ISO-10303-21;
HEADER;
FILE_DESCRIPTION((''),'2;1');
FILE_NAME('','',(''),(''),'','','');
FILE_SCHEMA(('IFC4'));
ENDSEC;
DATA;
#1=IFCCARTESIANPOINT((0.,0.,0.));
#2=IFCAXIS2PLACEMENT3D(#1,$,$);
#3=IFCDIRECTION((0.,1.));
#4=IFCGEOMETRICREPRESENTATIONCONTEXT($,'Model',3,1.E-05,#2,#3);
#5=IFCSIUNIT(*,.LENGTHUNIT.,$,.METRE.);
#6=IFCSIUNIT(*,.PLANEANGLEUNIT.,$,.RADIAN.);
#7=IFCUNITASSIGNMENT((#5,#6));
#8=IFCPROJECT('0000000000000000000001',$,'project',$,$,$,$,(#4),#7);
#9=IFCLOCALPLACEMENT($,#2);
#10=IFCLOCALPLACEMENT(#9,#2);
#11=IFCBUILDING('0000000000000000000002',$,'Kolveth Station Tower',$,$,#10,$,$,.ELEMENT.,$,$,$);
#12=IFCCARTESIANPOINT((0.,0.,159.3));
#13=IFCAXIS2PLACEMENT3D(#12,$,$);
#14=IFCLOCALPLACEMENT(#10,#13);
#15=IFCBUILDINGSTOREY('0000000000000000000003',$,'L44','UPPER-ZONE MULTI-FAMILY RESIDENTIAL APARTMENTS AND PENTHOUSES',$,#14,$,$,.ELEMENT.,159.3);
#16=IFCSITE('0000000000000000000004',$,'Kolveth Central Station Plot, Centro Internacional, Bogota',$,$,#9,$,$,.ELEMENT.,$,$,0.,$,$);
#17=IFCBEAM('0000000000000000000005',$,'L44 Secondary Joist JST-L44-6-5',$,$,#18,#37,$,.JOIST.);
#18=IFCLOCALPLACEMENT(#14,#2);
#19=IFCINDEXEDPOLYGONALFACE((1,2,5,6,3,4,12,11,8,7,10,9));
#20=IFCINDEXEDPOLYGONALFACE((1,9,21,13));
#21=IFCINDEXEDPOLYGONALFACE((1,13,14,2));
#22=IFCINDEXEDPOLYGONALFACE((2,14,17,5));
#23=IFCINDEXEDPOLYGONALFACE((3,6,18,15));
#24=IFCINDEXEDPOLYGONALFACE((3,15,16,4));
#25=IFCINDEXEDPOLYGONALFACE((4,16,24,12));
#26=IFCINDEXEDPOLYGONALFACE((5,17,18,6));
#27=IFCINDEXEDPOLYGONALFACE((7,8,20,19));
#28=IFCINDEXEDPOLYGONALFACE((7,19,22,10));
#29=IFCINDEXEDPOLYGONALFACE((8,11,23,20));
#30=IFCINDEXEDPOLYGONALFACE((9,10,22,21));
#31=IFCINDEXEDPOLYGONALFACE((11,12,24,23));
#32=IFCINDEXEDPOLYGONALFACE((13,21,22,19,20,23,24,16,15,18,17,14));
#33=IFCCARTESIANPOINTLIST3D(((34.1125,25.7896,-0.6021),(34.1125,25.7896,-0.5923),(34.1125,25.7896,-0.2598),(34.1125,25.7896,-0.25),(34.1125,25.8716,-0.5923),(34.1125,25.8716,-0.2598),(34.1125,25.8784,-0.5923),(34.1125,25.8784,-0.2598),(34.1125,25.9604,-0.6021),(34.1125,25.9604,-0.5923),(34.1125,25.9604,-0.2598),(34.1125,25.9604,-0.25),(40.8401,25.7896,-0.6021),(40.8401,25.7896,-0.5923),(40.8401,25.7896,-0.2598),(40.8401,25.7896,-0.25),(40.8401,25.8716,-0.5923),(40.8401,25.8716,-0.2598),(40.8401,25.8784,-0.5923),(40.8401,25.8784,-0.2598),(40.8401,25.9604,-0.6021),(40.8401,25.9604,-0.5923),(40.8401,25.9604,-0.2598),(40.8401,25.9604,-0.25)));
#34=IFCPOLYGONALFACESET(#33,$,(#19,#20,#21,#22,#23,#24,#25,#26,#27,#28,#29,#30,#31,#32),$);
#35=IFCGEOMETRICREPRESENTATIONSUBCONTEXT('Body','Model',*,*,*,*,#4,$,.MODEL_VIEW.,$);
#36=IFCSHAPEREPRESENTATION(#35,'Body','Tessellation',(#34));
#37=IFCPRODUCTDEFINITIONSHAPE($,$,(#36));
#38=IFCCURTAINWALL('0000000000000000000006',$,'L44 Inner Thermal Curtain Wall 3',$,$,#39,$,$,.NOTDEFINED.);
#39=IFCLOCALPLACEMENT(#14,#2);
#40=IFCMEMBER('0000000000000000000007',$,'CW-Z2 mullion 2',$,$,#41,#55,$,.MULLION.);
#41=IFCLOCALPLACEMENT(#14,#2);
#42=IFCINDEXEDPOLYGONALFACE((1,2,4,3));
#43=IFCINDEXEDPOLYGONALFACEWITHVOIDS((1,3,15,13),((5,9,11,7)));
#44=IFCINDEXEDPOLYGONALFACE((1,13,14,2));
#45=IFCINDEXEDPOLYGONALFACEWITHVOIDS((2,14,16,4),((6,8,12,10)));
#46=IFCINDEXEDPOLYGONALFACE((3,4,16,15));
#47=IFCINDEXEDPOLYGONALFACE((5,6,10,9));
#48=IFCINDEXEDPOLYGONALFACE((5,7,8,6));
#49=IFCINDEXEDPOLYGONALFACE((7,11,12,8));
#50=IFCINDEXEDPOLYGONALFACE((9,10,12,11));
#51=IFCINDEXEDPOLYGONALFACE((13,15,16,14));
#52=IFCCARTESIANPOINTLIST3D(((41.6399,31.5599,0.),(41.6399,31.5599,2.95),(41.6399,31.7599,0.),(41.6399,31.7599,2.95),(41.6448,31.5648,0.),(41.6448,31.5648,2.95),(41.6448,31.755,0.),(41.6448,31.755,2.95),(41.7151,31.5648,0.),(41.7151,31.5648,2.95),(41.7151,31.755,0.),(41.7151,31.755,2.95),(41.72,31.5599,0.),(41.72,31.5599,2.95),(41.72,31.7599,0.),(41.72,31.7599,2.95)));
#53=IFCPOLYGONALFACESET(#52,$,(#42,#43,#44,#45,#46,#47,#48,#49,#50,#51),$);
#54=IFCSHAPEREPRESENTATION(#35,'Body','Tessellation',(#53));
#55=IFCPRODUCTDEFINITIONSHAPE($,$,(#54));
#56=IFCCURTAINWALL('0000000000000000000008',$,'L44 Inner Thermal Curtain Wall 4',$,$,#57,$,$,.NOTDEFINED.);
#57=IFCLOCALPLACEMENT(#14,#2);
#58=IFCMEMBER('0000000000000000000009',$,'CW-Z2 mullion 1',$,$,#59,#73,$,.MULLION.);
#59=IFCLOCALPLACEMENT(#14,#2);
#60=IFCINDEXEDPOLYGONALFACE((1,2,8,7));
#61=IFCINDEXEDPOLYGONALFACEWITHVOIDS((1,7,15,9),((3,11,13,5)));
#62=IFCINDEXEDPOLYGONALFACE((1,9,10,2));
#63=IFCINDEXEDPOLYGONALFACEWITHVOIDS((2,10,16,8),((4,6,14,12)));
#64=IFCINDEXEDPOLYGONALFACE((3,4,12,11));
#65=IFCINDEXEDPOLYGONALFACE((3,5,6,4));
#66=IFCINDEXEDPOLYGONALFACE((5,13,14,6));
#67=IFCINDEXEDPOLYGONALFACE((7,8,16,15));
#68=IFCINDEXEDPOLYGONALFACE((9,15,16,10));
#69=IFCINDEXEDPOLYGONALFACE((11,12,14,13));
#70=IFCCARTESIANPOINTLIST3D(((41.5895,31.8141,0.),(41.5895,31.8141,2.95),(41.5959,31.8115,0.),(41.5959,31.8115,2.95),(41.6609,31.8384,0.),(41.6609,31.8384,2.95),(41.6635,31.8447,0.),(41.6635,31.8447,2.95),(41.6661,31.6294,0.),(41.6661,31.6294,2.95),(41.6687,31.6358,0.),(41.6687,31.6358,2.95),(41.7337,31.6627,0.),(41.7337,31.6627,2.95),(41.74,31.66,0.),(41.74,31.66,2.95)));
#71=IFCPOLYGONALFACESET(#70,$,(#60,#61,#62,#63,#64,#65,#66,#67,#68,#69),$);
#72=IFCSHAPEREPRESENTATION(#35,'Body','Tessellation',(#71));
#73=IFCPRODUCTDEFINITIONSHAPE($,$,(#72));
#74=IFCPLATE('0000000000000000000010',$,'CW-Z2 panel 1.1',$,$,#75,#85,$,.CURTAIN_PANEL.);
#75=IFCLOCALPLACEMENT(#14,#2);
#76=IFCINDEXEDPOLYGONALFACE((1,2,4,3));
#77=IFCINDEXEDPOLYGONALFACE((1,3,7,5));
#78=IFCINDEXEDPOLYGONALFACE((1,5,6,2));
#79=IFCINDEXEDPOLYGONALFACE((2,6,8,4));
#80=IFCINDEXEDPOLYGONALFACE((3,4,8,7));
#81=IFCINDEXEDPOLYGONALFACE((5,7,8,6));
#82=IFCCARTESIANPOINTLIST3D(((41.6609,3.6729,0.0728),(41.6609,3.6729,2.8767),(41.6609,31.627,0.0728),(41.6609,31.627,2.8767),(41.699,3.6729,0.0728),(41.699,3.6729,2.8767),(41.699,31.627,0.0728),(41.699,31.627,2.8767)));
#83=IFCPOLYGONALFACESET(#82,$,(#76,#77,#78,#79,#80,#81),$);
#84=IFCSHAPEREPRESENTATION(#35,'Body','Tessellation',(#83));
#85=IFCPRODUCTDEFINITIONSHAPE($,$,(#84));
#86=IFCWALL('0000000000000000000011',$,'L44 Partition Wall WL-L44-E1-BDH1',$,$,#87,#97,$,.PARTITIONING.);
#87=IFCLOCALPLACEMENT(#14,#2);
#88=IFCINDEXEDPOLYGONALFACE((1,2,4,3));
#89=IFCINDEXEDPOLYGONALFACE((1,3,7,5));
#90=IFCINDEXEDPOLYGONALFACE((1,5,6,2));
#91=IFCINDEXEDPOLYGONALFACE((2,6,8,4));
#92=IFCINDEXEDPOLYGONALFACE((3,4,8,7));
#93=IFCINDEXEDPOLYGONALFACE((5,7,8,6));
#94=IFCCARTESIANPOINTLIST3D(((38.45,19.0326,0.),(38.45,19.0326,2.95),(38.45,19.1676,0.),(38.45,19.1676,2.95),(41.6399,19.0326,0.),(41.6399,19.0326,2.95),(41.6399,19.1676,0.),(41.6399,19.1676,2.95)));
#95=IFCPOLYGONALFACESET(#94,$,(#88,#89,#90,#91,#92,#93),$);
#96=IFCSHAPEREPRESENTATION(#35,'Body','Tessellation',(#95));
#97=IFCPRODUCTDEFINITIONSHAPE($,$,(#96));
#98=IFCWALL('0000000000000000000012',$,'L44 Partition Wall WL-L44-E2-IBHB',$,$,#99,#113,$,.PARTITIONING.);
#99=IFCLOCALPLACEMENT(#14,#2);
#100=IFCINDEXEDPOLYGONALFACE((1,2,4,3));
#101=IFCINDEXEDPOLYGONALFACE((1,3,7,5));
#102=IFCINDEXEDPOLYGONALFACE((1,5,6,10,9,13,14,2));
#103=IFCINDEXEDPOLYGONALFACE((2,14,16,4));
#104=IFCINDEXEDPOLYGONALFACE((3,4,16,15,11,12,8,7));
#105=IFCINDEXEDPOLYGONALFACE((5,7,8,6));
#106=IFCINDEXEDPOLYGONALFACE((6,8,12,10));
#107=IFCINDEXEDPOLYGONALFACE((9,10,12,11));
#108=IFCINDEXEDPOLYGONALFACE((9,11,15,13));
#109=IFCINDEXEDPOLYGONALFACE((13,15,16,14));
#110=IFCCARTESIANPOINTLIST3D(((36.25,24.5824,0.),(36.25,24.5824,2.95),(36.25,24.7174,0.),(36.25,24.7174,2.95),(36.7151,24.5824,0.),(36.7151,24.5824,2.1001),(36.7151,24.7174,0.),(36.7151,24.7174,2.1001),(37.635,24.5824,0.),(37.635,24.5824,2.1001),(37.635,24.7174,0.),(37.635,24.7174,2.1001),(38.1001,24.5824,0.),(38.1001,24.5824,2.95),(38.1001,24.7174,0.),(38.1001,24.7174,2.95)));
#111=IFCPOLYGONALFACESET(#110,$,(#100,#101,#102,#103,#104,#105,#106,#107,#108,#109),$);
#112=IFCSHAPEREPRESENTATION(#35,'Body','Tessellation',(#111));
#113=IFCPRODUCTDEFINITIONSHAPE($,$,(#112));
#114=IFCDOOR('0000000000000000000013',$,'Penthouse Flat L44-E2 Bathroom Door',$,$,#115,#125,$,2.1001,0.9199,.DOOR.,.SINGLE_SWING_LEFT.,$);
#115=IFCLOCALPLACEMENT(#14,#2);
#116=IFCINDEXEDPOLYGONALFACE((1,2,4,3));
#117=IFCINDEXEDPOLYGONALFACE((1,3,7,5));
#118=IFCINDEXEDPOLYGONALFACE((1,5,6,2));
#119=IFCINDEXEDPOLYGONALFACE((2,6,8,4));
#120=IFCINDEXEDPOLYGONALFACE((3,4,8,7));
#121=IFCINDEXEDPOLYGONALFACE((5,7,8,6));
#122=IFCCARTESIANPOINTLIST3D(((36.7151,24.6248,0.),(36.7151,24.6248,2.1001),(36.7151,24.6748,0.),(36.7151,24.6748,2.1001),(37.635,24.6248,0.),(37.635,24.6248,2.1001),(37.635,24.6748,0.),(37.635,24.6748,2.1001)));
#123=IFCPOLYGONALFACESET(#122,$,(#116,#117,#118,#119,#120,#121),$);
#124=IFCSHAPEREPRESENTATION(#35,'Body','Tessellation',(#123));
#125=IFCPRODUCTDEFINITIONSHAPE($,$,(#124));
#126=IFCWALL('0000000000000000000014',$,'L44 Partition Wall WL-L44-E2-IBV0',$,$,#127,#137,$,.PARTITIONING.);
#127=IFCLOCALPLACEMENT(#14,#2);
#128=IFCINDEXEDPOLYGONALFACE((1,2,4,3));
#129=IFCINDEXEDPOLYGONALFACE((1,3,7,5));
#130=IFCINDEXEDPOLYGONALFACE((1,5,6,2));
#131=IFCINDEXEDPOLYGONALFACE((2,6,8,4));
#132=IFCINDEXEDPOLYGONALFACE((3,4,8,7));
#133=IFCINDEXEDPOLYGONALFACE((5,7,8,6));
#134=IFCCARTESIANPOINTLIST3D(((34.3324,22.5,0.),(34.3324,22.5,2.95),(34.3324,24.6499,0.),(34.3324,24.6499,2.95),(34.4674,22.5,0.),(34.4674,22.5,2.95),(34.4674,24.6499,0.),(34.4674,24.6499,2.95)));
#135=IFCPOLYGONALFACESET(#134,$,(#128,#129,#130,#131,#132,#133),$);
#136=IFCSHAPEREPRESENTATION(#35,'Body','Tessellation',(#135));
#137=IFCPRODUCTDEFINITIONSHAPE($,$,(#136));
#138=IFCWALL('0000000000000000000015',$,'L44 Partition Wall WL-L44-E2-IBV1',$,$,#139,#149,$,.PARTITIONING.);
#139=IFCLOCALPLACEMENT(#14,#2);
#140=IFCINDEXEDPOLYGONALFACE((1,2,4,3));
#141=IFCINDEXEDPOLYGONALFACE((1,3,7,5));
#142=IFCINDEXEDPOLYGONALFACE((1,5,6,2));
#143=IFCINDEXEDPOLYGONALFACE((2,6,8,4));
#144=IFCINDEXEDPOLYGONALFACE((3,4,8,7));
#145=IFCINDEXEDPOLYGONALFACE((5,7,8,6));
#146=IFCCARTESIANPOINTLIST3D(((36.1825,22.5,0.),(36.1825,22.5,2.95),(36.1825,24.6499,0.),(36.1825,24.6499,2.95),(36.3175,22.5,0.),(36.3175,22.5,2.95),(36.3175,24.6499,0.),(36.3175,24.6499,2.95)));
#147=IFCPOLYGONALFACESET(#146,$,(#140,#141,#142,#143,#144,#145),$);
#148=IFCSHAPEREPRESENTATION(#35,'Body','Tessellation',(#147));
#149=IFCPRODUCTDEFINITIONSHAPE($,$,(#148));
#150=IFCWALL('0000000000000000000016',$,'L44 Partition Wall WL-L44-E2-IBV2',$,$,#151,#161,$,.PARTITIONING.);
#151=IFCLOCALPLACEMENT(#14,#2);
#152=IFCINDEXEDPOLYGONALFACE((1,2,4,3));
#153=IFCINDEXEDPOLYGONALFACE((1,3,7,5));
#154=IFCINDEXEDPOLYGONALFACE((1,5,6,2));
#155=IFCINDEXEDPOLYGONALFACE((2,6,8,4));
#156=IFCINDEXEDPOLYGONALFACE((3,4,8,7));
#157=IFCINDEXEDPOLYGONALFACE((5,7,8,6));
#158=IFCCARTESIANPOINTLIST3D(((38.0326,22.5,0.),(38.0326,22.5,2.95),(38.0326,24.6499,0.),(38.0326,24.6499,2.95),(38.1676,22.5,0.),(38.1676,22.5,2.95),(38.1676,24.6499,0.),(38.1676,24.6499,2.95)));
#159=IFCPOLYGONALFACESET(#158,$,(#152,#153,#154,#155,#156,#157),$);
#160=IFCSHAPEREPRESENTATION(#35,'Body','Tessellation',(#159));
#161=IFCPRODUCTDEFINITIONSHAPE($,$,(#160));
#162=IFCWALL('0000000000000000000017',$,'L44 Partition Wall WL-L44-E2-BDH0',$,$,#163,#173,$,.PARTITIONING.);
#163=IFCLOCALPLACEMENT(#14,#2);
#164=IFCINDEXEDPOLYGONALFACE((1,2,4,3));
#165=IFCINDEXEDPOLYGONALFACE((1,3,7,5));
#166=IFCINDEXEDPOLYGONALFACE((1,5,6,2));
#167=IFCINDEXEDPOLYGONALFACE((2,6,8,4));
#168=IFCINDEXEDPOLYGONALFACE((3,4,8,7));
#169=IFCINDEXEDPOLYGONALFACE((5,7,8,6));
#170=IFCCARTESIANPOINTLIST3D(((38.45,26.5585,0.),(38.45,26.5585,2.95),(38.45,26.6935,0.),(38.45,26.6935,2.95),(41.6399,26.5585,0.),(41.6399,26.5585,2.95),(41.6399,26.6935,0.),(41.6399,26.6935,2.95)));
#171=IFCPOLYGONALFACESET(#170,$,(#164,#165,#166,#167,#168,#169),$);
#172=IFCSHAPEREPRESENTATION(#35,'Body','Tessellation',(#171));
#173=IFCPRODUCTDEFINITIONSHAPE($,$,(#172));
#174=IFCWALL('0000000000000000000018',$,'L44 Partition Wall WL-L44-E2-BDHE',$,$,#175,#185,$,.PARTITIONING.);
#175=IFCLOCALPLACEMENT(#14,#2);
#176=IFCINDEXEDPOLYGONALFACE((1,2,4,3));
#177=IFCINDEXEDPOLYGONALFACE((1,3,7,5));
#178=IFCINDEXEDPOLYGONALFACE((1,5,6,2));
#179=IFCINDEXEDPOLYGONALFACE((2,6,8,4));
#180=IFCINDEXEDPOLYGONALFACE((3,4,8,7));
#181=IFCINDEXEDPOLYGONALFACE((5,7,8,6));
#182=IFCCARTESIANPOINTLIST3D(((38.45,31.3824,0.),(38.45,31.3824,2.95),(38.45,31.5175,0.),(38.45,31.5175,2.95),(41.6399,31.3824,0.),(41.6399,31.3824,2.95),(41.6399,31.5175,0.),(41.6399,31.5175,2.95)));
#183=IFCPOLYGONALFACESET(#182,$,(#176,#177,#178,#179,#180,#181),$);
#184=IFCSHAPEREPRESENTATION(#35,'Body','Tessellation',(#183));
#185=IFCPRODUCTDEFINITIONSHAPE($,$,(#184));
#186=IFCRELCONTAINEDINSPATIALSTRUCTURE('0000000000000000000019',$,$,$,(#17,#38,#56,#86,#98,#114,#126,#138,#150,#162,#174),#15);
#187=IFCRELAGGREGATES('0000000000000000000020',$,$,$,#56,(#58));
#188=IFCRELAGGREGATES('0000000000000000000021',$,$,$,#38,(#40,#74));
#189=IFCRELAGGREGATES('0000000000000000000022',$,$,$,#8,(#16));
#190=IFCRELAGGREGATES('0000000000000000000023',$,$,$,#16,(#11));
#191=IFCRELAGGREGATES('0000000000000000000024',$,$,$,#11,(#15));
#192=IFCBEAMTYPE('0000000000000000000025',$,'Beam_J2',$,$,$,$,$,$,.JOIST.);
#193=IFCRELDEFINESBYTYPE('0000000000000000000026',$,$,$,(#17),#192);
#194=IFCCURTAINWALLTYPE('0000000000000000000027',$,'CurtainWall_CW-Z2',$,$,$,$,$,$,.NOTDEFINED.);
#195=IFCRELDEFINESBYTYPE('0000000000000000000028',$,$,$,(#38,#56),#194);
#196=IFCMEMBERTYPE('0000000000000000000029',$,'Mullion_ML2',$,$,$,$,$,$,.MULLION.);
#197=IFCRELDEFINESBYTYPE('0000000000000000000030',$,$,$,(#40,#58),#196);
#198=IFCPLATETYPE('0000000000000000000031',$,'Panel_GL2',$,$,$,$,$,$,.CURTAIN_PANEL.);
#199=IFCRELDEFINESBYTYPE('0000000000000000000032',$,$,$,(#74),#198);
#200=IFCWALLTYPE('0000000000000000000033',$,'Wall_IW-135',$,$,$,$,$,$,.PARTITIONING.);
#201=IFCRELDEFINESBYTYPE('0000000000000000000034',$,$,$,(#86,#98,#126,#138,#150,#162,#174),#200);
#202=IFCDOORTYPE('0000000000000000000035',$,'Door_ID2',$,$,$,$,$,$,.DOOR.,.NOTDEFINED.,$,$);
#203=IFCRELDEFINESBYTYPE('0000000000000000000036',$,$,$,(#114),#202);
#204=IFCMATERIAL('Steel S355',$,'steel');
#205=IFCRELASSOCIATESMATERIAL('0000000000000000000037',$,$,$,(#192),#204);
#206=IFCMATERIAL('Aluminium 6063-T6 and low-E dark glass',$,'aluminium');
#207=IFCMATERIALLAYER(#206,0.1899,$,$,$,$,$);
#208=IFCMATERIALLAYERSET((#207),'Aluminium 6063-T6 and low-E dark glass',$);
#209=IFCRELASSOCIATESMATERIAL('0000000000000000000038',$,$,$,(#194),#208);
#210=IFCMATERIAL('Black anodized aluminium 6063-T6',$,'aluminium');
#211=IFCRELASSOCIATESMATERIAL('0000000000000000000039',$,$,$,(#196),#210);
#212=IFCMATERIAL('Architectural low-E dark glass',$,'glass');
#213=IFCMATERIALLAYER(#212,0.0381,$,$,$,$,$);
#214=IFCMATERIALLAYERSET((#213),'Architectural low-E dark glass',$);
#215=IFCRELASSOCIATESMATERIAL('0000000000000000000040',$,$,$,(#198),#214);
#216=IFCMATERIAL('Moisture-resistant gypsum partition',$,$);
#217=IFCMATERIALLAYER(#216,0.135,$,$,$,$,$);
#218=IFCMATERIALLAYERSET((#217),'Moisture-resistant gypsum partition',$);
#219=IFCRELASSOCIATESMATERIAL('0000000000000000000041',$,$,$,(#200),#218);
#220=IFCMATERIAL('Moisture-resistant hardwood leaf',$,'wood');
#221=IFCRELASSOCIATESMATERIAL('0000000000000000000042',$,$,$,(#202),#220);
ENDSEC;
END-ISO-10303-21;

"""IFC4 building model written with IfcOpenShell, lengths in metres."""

from ifc_helpers import new_model, si_unit, direction, frame, frame_2d, origin, origin_2d, place, context, subcontext, project, spatial, rectangle, hollow_rectangle, i_section, extrude, source, transform, mapped, material, layer, layer_set, material_profile, profile_set, type_object, element, fill, aggregate, save


model = new_model("IFC4")

# Units and contexts
model_context = context("Model", 3, precision=1e-05, world=origin(), true_north=direction((0.0, 1.0)))
body_context = subcontext(model_context, "Body", "Model", "MODEL_VIEW")
ifc_project = project(units=[si_unit("LENGTHUNIT", "METRE"), si_unit("PLANEANGLEUNIT", "RADIAN")], contexts=[model_context])

# Site, building, storey
site_placement = place(None, origin())
site = spatial("IfcSite", under=ifc_project, at=site_placement, Name="Kolveth Central Station Plot, Centro Internacional, Bogota", CompositionType="ELEMENT", RefElevation=0.0)
building_placement = place(site_placement, origin())
building = spatial("IfcBuilding", under=site, at=building_placement, Name="Kolveth Station Tower", CompositionType="ELEMENT")
storey_placement = place(building_placement, frame((0.0, 0.0, 159.3)))
storey = spatial("IfcBuildingStorey", under=building, at=storey_placement, Name="L44", Description="UPPER-ZONE MULTI-FAMILY RESIDENTIAL APARTMENTS AND PENTHOUSES", CompositionType="ELEMENT", Elevation=159.3)

# Shared definitions
ifc_material_1 = material(Name="Steel S355", Category="steel")

# Beam
ifc_material_profile_1 = material_profile(ifc_material_1, i_section(OverallWidth=0.1709, OverallDepth=0.3521, WebThickness=0.0068, FlangeThickness=0.0098, at=origin_2d()), Name="W360x44")
ifc_profile_set_1 = profile_set([ifc_material_profile_1], Name="Steel S355")
beam_type_1 = type_object("IfcBeamType", Name="Beam_J2", PredefinedType="JOIST", material=ifc_profile_set_1)
shared_shape_1 = source(origin(), body_context, "Body", "SweptSolid", [
    extrude(i_section(OverallWidth=0.1709, OverallDepth=0.3521, WebThickness=0.0068, FlangeThickness=0.0098, at=origin_2d()), origin(), (0.0, 0.0, 1.0), 6.7275),
])
for number, where, z_axis, x_axis, name in (
    (1, (34.1125, 25.875, -0.426), (1.0, 0.0, 0.0), (0.0, 1.0, 0.0), "L44 Secondary Joist JST-L44-6-5"),
):
    element("IfcBeam", number, at=place(storey_placement, frame(where, z_axis=z_axis, x_axis=x_axis)), inside=storey, type_object=beam_type_1, Name=name, PredefinedType="JOIST", context=body_context, shape_type="MappedRepresentation", body=[
        mapped(shared_shape_1, transform((0.0, 0.0, 0.0), x_axis=(1.0, 0.0, 0.0), y_axis=(0.0, 1.0, 0.0), z_axis=(0.0, 0.0, 1.0), scale=1.0)),
    ])

# Curtain walls, members
ifc_material_2 = material(Name="Aluminium 6063-T6 and low-E dark glass", Category="aluminium")
ifc_layer_1 = layer(ifc_material_2, 0.1899)
ifc_layer_set_1 = layer_set([ifc_layer_1], Name="Aluminium 6063-T6 and low-E dark glass")
curtain_wall_type = type_object("IfcCurtainWallType", Name="CurtainWall_CW-Z2", PredefinedType="NOTDEFINED", material=ifc_layer_set_1)
curtain_wall_1_placement = place(storey_placement, origin())
curtain_wall_1 = element("IfcCurtainWall", 2, at=curtain_wall_1_placement, inside=storey, type_object=curtain_wall_type, Name="L44 Inner Thermal Curtain Wall 3", PredefinedType="NOTDEFINED")
ifc_material_3 = material(Name="Black anodized aluminium 6063-T6", Category="aluminium")
ifc_material_profile_2 = material_profile(ifc_material_3, hollow_rectangle(XDim=0.0801, YDim=0.2, WallThickness=0.0049, at=origin_2d()), Name="ALU-80x200x5")
ifc_profile_set_2 = profile_set([ifc_material_profile_2], Name="Black anodized aluminium 6063-T6")
member_type = type_object("IfcMemberType", Name="Mullion_ML2", PredefinedType="MULLION", material=ifc_profile_set_2)
shared_shape_2 = source(origin(), body_context, "Body", "SweptSolid", [
    extrude(hollow_rectangle(XDim=0.0801, YDim=0.2, WallThickness=0.0049, at=origin_2d()), origin(), (0.0, 0.0, 1.0), 2.95),
])
member_1_placement = place(storey_placement, frame((41.6799, 31.6599, 0.0), z_axis=(0.0, 0.0, 1.0), x_axis=(-1.0, 0.0, 0.0)))
member_1 = element("IfcMember", 3, at=member_1_placement, type_object=member_type, Name="CW-Z2 mullion 2", PredefinedType="MULLION", context=body_context, shape_type="MappedRepresentation", body=[
    mapped(shared_shape_2, transform((0.0, 0.0, 0.0), x_axis=(1.0, 0.0, 0.0), y_axis=(0.0, 1.0, 0.0), z_axis=(0.0, 0.0, 1.0), scale=1.0)),
])
curtain_wall_2_placement = place(storey_placement, origin())
curtain_wall_2 = element("IfcCurtainWall", 4, at=curtain_wall_2_placement, inside=storey, type_object=curtain_wall_type, Name="L44 Inner Thermal Curtain Wall 4", PredefinedType="NOTDEFINED")
member_2_placement = place(storey_placement, frame((41.6648, 31.7371, 0.0), z_axis=(0.0, 0.0, 1.0), x_axis=(-0.923874, -0.382698, 0.0)))
member_2 = element("IfcMember", 5, at=member_2_placement, type_object=member_type, Name="CW-Z2 mullion 1", PredefinedType="MULLION", context=body_context, shape_type="MappedRepresentation", body=[
    mapped(shared_shape_2, transform((0.0, 0.0, 0.0), x_axis=(1.0, 0.0, 0.0), y_axis=(0.0, 1.0, 0.0), z_axis=(0.0, 0.0, 1.0), scale=1.0)),
])
aggregate(curtain_wall_2, [member_2])

# Plate
ifc_material_4 = material(Name="Architectural low-E dark glass", Category="glass")
ifc_layer_2 = layer(ifc_material_4, 0.0381)
ifc_layer_set_2 = layer_set([ifc_layer_2], Name="Architectural low-E dark glass")
plate_type = type_object("IfcPlateType", Name="Panel_GL2", PredefinedType="CURTAIN_PANEL", material=ifc_layer_set_2)
shared_shape_3 = source(origin(), body_context, "Body", "SweptSolid", [
    extrude(rectangle(XDim=27.9541, YDim=0.0381, at=origin_2d()), origin(), (0.0, 0.0, 1.0), 2.804),
])
plate_placement = place(storey_placement, frame((41.6799, 17.6499, 0.0728), z_axis=(0.0, 0.0, 1.0), x_axis=(0.0, 1.0, 0.0)))
plate = element("IfcPlate", 6, at=plate_placement, type_object=plate_type, Name="CW-Z2 panel 1.1", PredefinedType="CURTAIN_PANEL", context=body_context, shape_type="MappedRepresentation", body=[
    mapped(shared_shape_3, transform((0.0, 0.0, 0.0), x_axis=(1.0, 0.0, 0.0), y_axis=(0.0, 1.0, 0.0), z_axis=(0.0, 0.0, 1.0), scale=1.0)),
])
aggregate(curtain_wall_1, [member_1, plate])

# Shared definitions
ifc_material_5 = material(Name="Moisture-resistant gypsum partition")
ifc_layer_3 = layer(ifc_material_5, 0.135)
ifc_layer_set_3 = layer_set([ifc_layer_3], Name="Moisture-resistant gypsum partition")
wall_type = type_object("IfcWallType", Name="Wall_IW-135", PredefinedType="PARTITIONING", material=ifc_layer_set_3)

# Wall
wall_1_placement = place(storey_placement, frame((38.45, 19.1001, 0.0), z_axis=(0.0, 0.0, 1.0), x_axis=(1.0, 0.0, 0.0)))
element("IfcWall", 7, at=wall_1_placement, inside=storey, type_object=wall_type, Name="L44 Partition Wall WL-L44-E1-BDH1", PredefinedType="PARTITIONING", context=body_context, shape_type="SweptSolid", body=[
    extrude(rectangle(XDim=3.1899, YDim=0.135, at=frame_2d((1.595, 0.0))), origin(), (0.0, 0.0, 1.0), 2.95),
])

# Wall, opening, door
wall_2_placement = place(storey_placement, frame((36.25, 24.6499, 0.0), z_axis=(0.0, 0.0, 1.0), x_axis=(1.0, 0.0, 0.0)))
wall_2 = element("IfcWall", 8, at=wall_2_placement, inside=storey, type_object=wall_type, Name="L44 Partition Wall WL-L44-E2-IBHB", PredefinedType="PARTITIONING", context=body_context, shape_type="SweptSolid", body=[
    extrude(rectangle(XDim=1.8501, YDim=0.135, at=frame_2d((0.925, 0.0))), origin(), (0.0, 0.0, 1.0), 2.95),
])
opening_1_placement = place(wall_2_placement, frame((0.4651, 0.0, 0.0)))
opening_1 = element("IfcOpeningElement", 9, at=opening_1_placement, cuts=wall_2, PredefinedType="OPENING", context=body_context, shape_type="SweptSolid", body=[
    extrude(rectangle(XDim=0.9199, YDim=2.1001, at=frame_2d((0.46, 1.05))), frame((0.0, 0.0774, 0.0), z_axis=(0.0, -1.0, 0.0), x_axis=(1.0, 0.0, 0.0)), (0.0, 0.0, 1.0), 0.155),
])
ifc_material_6 = material(Name="Moisture-resistant hardwood leaf", Category="wood")
door_type_1 = type_object("IfcDoorType", Name="Door_ID2", OperationType="NOTDEFINED", PredefinedType="DOOR", material=ifc_material_6)
door_1_placement = place(opening_1_placement, origin())
door_1 = element("IfcDoor", 10, at=door_1_placement, inside=storey, type_object=door_type_1, Name="Penthouse Flat L44-E2 Bathroom Door", OperationType="SINGLE_SWING_LEFT", OverallHeight=2.1001, OverallWidth=0.9199, PredefinedType="DOOR", context=body_context, shape_type="SweptSolid", body=[
    extrude(rectangle(XDim=0.9199, YDim=2.1001, at=frame_2d((0.46, 1.05))), frame((0.0, 0.0249, 0.0), z_axis=(0.0, -1.0, 0.0), x_axis=(1.0, 0.0, 0.0)), (0.0, 0.0, 1.0), 0.05),
])
fill(opening_1, door_1)

# Walls
for number, where, z_axis, x_axis, name in (
    (11, (34.3999, 22.5, 0.0), (0.0, 0.0, 1.0), (0.0, 1.0, 0.0), "L44 Partition Wall WL-L44-E2-IBV0"),
    (12, (36.25, 22.5, 0.0), (0.0, 0.0, 1.0), (0.0, 1.0, 0.0), "L44 Partition Wall WL-L44-E2-IBV1"),
    (13, (38.1001, 22.5, 0.0), (0.0, 0.0, 1.0), (0.0, 1.0, 0.0), "L44 Partition Wall WL-L44-E2-IBV2"),
):
    element("IfcWall", number, at=place(storey_placement, frame(where, z_axis=z_axis, x_axis=x_axis)), inside=storey, type_object=wall_type, Name=name, PredefinedType="PARTITIONING", context=body_context, shape_type="SweptSolid", body=[
        extrude(rectangle(XDim=2.1499, YDim=0.135, at=frame_2d((1.075, 0.0))), origin(), (0.0, 0.0, 1.0), 2.95),
    ])
for number, where, z_axis, x_axis, name in (
    (14, (38.45, 26.626, 0.0), (0.0, 0.0, 1.0), (1.0, 0.0, 0.0), "L44 Partition Wall WL-L44-E2-BDH0"),
    (15, (38.45, 31.45, 0.0), (0.0, 0.0, 1.0), (1.0, 0.0, 0.0), "L44 Partition Wall WL-L44-E2-BDHE"),
):
    element("IfcWall", number, at=place(storey_placement, frame(where, z_axis=z_axis, x_axis=x_axis)), inside=storey, type_object=wall_type, Name=name, PredefinedType="PARTITIONING", context=body_context, shape_type="SweptSolid", body=[
        extrude(rectangle(XDim=3.1899, YDim=0.135, at=frame_2d((1.595, 0.0))), origin(), (0.0, 0.0, 1.0), 2.95),
    ])

save(model, "model.ifc")
